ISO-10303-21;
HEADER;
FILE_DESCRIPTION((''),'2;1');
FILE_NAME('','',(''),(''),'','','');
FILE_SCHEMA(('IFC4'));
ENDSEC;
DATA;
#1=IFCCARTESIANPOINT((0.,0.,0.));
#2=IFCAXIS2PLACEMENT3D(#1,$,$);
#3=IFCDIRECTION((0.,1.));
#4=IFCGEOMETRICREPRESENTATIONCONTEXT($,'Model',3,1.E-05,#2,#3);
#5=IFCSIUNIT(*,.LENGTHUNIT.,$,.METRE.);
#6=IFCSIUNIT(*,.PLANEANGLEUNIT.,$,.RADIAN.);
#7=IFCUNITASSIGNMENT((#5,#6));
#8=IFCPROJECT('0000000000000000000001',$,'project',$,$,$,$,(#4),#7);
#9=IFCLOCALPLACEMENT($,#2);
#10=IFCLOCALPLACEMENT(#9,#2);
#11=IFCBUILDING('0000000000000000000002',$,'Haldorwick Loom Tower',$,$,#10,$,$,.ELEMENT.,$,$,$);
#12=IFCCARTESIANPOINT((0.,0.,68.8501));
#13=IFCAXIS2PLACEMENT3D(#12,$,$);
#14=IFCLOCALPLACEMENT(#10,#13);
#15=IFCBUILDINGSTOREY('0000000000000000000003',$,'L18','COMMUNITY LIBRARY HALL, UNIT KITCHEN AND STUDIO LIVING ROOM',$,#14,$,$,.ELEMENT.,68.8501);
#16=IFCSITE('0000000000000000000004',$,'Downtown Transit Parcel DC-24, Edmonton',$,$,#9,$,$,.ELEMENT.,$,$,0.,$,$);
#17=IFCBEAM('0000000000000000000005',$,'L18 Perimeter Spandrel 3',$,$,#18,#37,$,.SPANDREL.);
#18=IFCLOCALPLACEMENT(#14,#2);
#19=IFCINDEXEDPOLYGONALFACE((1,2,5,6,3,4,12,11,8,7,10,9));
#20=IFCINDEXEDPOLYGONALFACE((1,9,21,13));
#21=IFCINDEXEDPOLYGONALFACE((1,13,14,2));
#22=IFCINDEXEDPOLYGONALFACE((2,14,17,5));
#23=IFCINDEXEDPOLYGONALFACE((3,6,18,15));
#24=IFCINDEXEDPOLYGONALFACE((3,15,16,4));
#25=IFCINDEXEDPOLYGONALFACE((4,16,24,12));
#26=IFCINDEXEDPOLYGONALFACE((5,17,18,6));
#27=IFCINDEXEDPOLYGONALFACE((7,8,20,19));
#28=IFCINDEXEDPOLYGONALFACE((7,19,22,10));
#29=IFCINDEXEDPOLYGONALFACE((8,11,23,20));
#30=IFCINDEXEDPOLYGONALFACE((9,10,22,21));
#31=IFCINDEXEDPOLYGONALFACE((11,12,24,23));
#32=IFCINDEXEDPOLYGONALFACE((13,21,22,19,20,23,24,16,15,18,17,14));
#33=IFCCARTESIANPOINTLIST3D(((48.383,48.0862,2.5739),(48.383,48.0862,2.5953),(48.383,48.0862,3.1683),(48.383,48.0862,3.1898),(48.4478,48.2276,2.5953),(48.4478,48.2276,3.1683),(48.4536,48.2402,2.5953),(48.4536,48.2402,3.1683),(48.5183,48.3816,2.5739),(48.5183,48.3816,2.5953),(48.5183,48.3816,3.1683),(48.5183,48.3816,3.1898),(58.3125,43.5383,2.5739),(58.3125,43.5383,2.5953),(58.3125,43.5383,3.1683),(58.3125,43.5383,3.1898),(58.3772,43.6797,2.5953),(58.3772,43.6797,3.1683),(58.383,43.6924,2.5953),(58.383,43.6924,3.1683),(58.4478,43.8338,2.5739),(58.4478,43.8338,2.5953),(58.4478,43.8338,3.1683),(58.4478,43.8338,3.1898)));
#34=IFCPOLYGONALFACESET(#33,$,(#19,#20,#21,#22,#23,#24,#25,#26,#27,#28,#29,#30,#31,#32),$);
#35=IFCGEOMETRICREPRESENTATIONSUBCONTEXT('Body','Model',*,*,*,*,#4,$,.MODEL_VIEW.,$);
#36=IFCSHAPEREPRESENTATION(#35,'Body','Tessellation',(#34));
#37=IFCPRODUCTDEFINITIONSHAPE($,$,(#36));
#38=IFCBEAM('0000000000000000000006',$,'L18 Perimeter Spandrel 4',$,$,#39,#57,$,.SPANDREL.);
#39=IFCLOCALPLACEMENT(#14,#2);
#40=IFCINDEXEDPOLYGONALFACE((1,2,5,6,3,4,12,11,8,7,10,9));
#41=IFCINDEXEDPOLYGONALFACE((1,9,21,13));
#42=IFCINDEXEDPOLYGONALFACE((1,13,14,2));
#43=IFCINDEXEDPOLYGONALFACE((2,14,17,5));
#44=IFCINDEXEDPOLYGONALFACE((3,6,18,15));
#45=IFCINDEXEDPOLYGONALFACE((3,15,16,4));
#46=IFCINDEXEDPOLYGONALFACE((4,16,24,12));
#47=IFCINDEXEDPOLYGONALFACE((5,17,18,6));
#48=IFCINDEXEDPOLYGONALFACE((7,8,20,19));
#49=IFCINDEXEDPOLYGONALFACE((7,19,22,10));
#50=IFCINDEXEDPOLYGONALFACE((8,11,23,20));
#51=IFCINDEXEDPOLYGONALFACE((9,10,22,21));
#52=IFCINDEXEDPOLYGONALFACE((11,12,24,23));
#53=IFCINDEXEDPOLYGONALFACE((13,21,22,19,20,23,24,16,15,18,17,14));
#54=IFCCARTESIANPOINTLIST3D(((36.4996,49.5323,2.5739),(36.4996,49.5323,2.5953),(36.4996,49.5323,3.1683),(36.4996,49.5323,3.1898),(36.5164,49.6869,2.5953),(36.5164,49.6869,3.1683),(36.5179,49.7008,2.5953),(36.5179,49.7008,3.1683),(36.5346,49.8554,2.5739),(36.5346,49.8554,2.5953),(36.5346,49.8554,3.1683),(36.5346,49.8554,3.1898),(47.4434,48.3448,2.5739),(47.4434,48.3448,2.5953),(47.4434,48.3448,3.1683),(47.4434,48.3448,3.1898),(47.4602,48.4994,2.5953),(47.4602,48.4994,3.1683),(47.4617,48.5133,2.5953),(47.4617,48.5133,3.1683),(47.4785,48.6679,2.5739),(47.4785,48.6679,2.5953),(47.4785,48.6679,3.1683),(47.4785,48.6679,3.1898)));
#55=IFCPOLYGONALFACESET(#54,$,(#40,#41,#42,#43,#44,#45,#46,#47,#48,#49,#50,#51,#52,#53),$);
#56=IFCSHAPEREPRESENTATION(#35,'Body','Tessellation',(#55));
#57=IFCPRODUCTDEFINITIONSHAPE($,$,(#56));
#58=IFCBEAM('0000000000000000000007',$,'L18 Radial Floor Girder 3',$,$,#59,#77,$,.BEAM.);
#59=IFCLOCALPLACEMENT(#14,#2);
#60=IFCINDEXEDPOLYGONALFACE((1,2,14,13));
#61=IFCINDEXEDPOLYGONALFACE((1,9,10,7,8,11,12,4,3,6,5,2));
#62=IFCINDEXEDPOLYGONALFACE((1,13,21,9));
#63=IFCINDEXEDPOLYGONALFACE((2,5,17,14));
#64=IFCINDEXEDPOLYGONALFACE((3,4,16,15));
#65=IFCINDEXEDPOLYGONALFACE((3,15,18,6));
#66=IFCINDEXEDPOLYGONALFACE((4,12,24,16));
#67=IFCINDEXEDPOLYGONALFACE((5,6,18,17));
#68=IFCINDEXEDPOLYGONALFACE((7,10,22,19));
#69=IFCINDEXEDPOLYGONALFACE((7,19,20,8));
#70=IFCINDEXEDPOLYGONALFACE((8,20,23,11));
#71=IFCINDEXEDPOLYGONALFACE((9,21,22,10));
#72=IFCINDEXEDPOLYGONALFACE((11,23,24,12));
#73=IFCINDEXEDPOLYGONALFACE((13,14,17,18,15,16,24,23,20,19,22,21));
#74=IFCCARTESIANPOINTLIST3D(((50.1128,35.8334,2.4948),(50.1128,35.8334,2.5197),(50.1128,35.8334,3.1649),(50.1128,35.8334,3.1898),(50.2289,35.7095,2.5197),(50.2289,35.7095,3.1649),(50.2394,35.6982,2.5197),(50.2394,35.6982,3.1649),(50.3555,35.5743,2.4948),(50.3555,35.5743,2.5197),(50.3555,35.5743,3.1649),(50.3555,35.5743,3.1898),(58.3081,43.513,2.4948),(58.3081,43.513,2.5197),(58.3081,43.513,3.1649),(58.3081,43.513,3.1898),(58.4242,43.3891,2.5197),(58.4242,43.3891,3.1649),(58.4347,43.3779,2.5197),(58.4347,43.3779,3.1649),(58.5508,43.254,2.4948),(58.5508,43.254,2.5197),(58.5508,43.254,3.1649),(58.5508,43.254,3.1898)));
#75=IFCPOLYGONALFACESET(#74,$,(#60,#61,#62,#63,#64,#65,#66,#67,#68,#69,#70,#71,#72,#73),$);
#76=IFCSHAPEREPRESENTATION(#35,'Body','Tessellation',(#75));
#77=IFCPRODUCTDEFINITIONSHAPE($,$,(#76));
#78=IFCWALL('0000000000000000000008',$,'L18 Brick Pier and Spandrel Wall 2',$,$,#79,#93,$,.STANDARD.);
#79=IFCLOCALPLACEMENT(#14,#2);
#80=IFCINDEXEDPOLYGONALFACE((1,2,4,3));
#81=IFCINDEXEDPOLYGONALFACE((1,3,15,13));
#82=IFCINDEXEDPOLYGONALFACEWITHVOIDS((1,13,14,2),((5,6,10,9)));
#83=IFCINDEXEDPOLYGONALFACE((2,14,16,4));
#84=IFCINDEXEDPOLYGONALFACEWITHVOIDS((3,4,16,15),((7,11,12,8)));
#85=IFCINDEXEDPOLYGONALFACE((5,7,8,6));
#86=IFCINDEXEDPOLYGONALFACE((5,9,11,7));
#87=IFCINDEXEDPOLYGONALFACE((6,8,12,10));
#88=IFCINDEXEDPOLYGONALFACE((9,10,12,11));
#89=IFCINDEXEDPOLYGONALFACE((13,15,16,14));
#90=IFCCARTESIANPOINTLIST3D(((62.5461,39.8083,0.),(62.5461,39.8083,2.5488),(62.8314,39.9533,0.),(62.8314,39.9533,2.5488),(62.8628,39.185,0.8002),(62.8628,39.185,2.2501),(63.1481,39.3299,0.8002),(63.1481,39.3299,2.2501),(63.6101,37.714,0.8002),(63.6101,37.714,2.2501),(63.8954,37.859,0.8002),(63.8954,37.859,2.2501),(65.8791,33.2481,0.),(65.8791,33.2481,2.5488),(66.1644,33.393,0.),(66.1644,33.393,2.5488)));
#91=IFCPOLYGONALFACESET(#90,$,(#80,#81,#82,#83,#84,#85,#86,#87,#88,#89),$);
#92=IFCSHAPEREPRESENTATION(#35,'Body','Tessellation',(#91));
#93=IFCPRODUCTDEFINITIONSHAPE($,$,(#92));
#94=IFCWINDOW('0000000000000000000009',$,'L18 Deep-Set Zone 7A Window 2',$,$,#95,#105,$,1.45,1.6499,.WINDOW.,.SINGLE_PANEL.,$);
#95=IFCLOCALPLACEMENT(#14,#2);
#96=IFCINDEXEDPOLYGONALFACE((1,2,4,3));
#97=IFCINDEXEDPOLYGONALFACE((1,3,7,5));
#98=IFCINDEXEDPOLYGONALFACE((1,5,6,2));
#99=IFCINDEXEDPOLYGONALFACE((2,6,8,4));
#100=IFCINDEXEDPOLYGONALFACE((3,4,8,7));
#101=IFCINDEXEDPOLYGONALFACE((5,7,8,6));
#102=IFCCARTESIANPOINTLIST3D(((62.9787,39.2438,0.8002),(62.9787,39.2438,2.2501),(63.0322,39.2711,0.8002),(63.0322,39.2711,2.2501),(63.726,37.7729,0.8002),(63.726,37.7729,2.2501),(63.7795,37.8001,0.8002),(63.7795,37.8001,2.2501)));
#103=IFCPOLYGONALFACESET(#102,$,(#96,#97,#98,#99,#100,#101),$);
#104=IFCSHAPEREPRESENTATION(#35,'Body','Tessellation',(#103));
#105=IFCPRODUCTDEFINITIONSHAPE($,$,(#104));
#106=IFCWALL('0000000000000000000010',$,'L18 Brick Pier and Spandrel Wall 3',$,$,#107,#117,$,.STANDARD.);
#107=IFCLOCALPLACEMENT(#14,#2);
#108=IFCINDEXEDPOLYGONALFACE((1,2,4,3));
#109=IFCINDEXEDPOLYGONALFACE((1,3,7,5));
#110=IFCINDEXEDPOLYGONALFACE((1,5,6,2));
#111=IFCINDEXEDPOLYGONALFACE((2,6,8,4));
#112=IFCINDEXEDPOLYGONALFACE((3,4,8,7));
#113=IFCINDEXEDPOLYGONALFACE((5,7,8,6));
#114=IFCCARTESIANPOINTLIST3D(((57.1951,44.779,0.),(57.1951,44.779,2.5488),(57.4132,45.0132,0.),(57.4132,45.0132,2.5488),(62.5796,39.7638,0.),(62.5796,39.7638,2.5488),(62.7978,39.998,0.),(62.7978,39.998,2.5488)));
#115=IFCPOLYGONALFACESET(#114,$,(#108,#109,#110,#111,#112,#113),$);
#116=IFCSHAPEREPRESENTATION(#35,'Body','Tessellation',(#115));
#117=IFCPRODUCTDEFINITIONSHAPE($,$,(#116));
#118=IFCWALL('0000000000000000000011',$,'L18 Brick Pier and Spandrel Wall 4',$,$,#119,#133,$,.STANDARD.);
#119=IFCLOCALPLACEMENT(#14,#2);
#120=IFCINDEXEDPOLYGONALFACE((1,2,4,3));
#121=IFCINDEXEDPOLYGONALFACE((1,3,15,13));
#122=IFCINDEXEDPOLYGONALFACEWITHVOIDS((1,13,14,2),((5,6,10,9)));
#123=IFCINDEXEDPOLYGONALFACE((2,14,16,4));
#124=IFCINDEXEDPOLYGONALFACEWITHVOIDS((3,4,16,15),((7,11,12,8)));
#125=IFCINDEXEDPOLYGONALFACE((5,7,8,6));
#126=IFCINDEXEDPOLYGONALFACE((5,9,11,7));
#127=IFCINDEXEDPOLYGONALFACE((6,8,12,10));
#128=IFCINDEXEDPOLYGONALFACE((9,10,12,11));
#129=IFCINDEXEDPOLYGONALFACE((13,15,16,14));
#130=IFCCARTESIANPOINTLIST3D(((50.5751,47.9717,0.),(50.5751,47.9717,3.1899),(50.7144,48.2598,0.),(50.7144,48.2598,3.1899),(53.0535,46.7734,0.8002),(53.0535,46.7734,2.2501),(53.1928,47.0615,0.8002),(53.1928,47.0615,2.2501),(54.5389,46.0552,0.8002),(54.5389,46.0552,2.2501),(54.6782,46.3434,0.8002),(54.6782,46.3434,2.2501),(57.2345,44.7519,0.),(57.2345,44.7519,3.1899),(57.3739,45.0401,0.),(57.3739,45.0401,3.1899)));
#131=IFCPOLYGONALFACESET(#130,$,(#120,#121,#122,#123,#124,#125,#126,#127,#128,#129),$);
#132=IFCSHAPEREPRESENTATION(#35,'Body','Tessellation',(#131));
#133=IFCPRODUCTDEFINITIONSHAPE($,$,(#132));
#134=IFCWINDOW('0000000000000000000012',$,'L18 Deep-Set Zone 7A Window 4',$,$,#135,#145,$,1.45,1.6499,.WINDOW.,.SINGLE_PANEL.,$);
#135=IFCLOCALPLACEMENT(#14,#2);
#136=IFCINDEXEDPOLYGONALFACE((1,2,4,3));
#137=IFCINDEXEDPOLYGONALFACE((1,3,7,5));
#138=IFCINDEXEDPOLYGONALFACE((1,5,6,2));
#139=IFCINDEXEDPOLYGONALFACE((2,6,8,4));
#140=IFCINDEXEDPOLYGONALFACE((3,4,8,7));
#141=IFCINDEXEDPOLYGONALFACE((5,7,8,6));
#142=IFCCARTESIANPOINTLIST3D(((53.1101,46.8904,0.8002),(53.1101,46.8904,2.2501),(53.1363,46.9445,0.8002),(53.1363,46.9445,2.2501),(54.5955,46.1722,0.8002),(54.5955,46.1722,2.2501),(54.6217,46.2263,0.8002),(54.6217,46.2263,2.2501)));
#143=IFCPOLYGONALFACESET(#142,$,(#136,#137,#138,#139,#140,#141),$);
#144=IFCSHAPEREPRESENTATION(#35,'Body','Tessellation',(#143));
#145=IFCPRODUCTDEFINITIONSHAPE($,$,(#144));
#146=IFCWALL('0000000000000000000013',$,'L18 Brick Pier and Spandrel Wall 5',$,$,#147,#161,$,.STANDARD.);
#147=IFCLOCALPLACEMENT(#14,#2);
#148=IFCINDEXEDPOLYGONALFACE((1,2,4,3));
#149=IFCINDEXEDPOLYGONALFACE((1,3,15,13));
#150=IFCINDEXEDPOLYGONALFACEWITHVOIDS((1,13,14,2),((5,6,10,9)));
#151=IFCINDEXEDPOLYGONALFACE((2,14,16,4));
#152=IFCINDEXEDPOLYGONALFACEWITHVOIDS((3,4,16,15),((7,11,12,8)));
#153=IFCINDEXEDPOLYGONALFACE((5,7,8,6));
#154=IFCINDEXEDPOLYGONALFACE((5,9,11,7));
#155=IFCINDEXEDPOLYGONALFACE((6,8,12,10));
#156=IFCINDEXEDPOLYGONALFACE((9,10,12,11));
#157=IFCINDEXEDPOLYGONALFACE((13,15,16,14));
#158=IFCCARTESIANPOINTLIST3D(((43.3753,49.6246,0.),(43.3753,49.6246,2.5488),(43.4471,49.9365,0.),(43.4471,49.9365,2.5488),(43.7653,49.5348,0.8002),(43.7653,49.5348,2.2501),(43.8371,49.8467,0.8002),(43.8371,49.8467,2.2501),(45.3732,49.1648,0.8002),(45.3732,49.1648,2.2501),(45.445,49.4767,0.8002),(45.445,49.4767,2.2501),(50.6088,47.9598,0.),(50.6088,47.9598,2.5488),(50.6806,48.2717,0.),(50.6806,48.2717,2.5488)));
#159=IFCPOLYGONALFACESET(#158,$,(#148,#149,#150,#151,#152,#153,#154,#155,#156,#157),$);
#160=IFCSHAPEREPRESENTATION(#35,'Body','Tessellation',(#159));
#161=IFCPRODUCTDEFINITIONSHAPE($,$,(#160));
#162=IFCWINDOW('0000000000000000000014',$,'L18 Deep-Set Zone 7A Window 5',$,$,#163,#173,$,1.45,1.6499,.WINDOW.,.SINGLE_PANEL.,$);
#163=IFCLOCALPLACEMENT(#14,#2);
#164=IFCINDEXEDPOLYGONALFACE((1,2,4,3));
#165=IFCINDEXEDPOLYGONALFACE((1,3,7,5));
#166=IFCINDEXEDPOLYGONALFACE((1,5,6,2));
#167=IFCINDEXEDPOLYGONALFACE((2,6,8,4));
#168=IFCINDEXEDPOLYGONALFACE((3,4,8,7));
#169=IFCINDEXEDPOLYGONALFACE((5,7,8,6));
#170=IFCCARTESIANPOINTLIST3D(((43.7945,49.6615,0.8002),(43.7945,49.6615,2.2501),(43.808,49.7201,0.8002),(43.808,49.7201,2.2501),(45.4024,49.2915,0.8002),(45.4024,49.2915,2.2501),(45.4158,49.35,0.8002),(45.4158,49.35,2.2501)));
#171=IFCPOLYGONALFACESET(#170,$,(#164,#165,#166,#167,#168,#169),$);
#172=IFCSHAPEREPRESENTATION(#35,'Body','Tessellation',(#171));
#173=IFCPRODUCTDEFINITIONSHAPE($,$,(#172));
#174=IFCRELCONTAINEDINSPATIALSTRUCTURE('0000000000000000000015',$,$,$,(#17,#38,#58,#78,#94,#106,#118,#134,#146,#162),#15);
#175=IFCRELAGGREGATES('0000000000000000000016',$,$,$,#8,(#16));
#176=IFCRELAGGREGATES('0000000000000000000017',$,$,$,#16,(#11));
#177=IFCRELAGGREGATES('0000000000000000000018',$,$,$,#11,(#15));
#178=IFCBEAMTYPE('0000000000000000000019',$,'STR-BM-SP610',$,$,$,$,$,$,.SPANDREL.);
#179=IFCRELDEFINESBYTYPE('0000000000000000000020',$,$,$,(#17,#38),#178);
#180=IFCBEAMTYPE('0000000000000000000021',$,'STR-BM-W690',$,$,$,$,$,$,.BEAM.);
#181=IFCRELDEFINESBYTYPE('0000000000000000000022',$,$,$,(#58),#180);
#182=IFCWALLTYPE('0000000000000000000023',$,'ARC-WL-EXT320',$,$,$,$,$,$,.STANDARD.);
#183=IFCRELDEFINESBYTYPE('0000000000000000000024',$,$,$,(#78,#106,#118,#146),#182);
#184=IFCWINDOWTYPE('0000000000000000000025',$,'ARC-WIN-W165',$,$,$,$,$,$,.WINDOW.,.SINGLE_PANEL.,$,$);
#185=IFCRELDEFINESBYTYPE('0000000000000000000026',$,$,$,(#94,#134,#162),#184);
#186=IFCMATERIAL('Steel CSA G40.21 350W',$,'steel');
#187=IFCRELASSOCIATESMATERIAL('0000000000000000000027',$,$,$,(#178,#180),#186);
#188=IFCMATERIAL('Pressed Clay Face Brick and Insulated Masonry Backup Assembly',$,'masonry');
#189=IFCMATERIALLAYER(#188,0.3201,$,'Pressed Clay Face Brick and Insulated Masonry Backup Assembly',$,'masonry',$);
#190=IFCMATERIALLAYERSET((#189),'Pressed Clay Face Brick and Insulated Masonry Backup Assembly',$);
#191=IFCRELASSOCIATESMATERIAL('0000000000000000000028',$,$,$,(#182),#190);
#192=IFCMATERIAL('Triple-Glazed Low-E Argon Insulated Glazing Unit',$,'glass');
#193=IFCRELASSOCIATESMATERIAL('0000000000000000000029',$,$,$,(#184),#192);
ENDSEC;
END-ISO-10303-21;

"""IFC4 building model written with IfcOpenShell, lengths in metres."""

from ifc_helpers import new_model, si_unit, direction, frame, frame_2d, origin, origin_2d, place, context, subcontext, project, spatial, rectangle, i_section, extrude, material, layer, layer_set, material_profile, profile_set, type_object, element, fill, save


model = new_model("IFC4")

# Units and contexts
model_context = context("Model", 3, precision=1e-05, world=origin(), true_north=direction((0.0, 1.0)))
body_context = subcontext(model_context, "Body", "Model", "MODEL_VIEW")
ifc_project = project(units=[si_unit("LENGTHUNIT", "METRE"), si_unit("PLANEANGLEUNIT", "RADIAN")], contexts=[model_context])

# Site, building, storey
site_placement = place(None, origin())
site = spatial("IfcSite", under=ifc_project, at=site_placement, Name="Downtown Transit Parcel DC-24, Edmonton", CompositionType="ELEMENT", RefElevation=0.0)
building_placement = place(site_placement, origin())
building = spatial("IfcBuilding", under=site, at=building_placement, Name="Haldorwick Loom Tower", CompositionType="ELEMENT")
storey_placement = place(building_placement, frame((0.0, 0.0, 68.8501)))
storey = spatial("IfcBuildingStorey", under=building, at=storey_placement, Name="L18", Description="COMMUNITY LIBRARY HALL, UNIT KITCHEN AND STUDIO LIVING ROOM", CompositionType="ELEMENT", Elevation=68.8501)

# Beams
ifc_material_1 = material(Name="Steel CSA G40.21 350W", Category="steel")
ifc_material_profile_1 = material_profile(ifc_material_1, i_section(OverallWidth=0.325, OverallDepth=0.616, WebThickness=0.0139, FlangeThickness=0.0215, at=origin_2d()), Name="W610X174", Category="steel")
ifc_profile_set_1 = profile_set([ifc_material_profile_1], Name="Steel CSA G40.21 350W")
beam_type_1 = type_object("IfcBeamType", Name="STR-BM-SP610", PredefinedType="SPANDREL", material=ifc_profile_set_1)
beam_1_placement = place(storey_placement, frame((58.3801, 43.686, 2.8818), z_axis=(-0.909174, 0.416417, 0.0), x_axis=(-0.416417, -0.909174, 0.0)))
element("IfcBeam", 1, at=beam_1_placement, inside=storey, type_object=beam_type_1, Name="L18 Perimeter Spandrel 3", PredefinedType="SPANDREL", context=body_context, shape_type="SweptSolid", body=[
    extrude(i_section(OverallWidth=0.325, OverallDepth=0.616, WebThickness=0.0139, FlangeThickness=0.0215, at=origin_2d()), origin(), (0.0, 0.0, 1.0), 10.9214),
])
beam_2_placement = place(storey_placement, frame((47.4609, 48.5063, 2.8818), z_axis=(-0.994164, 0.107875, 0.0), x_axis=(-0.107875, -0.994164, 0.0)))
element("IfcBeam", 2, at=beam_2_placement, inside=storey, type_object=beam_type_1, Name="L18 Perimeter Spandrel 4", PredefinedType="SPANDREL", context=body_context, shape_type="SweptSolid", body=[
    extrude(i_section(OverallWidth=0.325, OverallDepth=0.616, WebThickness=0.0139, FlangeThickness=0.0215, at=origin_2d()), origin(), (0.0, 0.0, 1.0), 11.0081),
])
ifc_material_profile_2 = material_profile(ifc_material_1, i_section(OverallWidth=0.355, OverallDepth=0.6951, WebThickness=0.0154, FlangeThickness=0.0249, at=origin_2d()), Name="W690X217", Category="steel")
ifc_profile_set_2 = profile_set([ifc_material_profile_2], Name="Steel CSA G40.21 350W")
beam_type_2 = type_object("IfcBeamType", Name="STR-BM-W690", PredefinedType="BEAM", material=ifc_profile_set_2)
beam_3_placement = place(storey_placement, frame((50.2341, 35.7039, 2.8423), z_axis=(0.729689, 0.683779, 0.0), x_axis=(-0.683779, 0.729689, 0.0)))
element("IfcBeam", 3, at=beam_3_placement, inside=storey, type_object=beam_type_2, Name="L18 Radial Floor Girder 3", PredefinedType="BEAM", context=body_context, shape_type="SweptSolid", body=[
    extrude(i_section(OverallWidth=0.355, OverallDepth=0.6951, WebThickness=0.0154, FlangeThickness=0.0249, at=origin_2d()), origin(), (0.0, 0.0, 1.0), 11.2312),
])

# Wall, opening, window
ifc_material_2 = material(Name="Pressed Clay Face Brick and Insulated Masonry Backup Assembly", Category="masonry")
ifc_layer_1 = layer(ifc_material_2, 0.3201, Name="Pressed Clay Face Brick and Insulated Masonry Backup Assembly", Category="masonry")
ifc_layer_set_1 = layer_set([ifc_layer_1], Name="Pressed Clay Face Brick and Insulated Masonry Backup Assembly")
wall_type_1 = type_object("IfcWallType", Name="ARC-WL-EXT320", PredefinedType="STANDARD", material=ifc_layer_set_1)
wall_1_placement = place(storey_placement, frame((66.0217, 33.3206, 0.0), z_axis=(0.0, 0.0, 1.0), x_axis=(-0.452951, 0.891535, 0.0)))
wall_1 = element("IfcWall", 4, at=wall_1_placement, inside=storey, type_object=wall_type_1, Name="L18 Brick Pier and Spandrel Wall 2", PredefinedType="STANDARD", context=body_context, shape_type="SweptSolid", body=[
    extrude(rectangle(XDim=7.3584, YDim=0.3201, at=frame_2d((3.6792, 0.0))), origin(), (0.0, 0.0, 1.0), 2.5488),
])
opening_1_placement = place(wall_1_placement, frame((5.0093, 0.0, 0.8)))
opening_1 = element("IfcOpeningElement", 5, at=opening_1_placement, cuts=wall_1, PredefinedType="OPENING", context=body_context, shape_type="SweptSolid", body=[
    extrude(rectangle(XDim=1.6499, YDim=1.45, at=frame_2d((0.825, 0.7251))), frame((0.0, 0.1699, 0.0), z_axis=(0.0, -1.0, 0.0), x_axis=(1.0, 0.0, 0.0)), (0.0, 0.0, 1.0), 0.3401),
])
ifc_material_3 = material(Name="Triple-Glazed Low-E Argon Insulated Glazing Unit", Category="glass")
window_type = type_object("IfcWindowType", Name="ARC-WIN-W165", PartitioningType="SINGLE_PANEL", PredefinedType="WINDOW", material=ifc_material_3)
window_1_placement = place(opening_1_placement, origin())
window_1 = element("IfcWindow", 6, at=window_1_placement, inside=storey, type_object=window_type, Name="L18 Deep-Set Zone 7A Window 2", OverallHeight=1.45, OverallWidth=1.6499, PartitioningType="SINGLE_PANEL", PredefinedType="WINDOW", context=body_context, shape_type="SweptSolid", body=[
    extrude(rectangle(XDim=1.6499, YDim=1.45, at=frame_2d((0.825, 0.7251))), frame((0.0, 0.03, 0.0), z_axis=(0.0, -1.0, 0.0), x_axis=(1.0, 0.0, 0.0)), (0.0, 0.0, 1.0), 0.0601),
])
fill(opening_1, window_1)

# Wall
wall_2_placement = place(storey_placement, frame((62.6887, 39.8809, 0.0), z_axis=(0.0, 0.0, 1.0), x_axis=(-0.731761, 0.681561, 0.0)))
element("IfcWall", 7, at=wall_2_placement, inside=storey, type_object=wall_type_1, Name="L18 Brick Pier and Spandrel Wall 3", PredefinedType="STANDARD", context=body_context, shape_type="SweptSolid", body=[
    extrude(rectangle(XDim=7.3584, YDim=0.3201, at=frame_2d((3.6792, 0.0))), origin(), (0.0, 0.0, 1.0), 2.5488),
])

# Walls, openings, windows
wall_3_placement = place(storey_placement, frame((57.3042, 44.896, 0.0), z_axis=(0.0, 0.0, 1.0), x_axis=(-0.900296, 0.435279, 0.0)))
wall_3 = element("IfcWall", 8, at=wall_3_placement, inside=storey, type_object=wall_type_1, Name="L18 Brick Pier and Spandrel Wall 4", PredefinedType="STANDARD", context=body_context, shape_type="SweptSolid", body=[
    extrude(rectangle(XDim=7.397, YDim=0.3201, at=frame_2d((3.6985, 0.0))), origin(), (0.0, 0.0, 1.0), 3.1899),
])
opening_2_placement = place(wall_3_placement, frame((2.9941, 0.0, 0.8)))
opening_2 = element("IfcOpeningElement", 9, at=opening_2_placement, cuts=wall_3, PredefinedType="OPENING", context=body_context, shape_type="SweptSolid", body=[
    extrude(rectangle(XDim=1.6499, YDim=1.45, at=frame_2d((0.825, 0.7251))), frame((0.0, 0.1699, 0.0), z_axis=(0.0, -1.0, 0.0), x_axis=(1.0, 0.0, 0.0)), (0.0, 0.0, 1.0), 0.3401),
])
window_2_placement = place(opening_2_placement, origin())
window_2 = element("IfcWindow", 10, at=window_2_placement, inside=storey, type_object=window_type, Name="L18 Deep-Set Zone 7A Window 4", OverallHeight=1.45, OverallWidth=1.6499, PartitioningType="SINGLE_PANEL", PredefinedType="WINDOW", context=body_context, shape_type="SweptSolid", body=[
    extrude(rectangle(XDim=1.6499, YDim=1.45, at=frame_2d((0.825, 0.7251))), frame((0.0, 0.03, 0.0), z_axis=(0.0, -1.0, 0.0), x_axis=(1.0, 0.0, 0.0)), (0.0, 0.0, 1.0), 0.0601),
])
fill(opening_2, window_2)
wall_4_placement = place(storey_placement, frame((50.6448, 48.1157, 0.0), z_axis=(0.0, 0.0, 1.0), x_axis=(-0.974522, 0.22429, 0.0)))
wall_4 = element("IfcWall", 11, at=wall_4_placement, inside=storey, type_object=wall_type_1, Name="L18 Brick Pier and Spandrel Wall 5", PredefinedType="STANDARD", context=body_context, shape_type="SweptSolid", body=[
    extrude(rectangle(XDim=7.4226, YDim=0.3201, at=frame_2d((3.7114, 0.0))), origin(), (0.0, 0.0, 1.0), 2.5488),
])
opening_3_placement = place(wall_4_placement, frame((5.3726, 0.0, 0.8)))
opening_3 = element("IfcOpeningElement", 12, at=opening_3_placement, cuts=wall_4, PredefinedType="OPENING", context=body_context, shape_type="SweptSolid", body=[
    extrude(rectangle(XDim=1.6499, YDim=1.45, at=frame_2d((0.825, 0.7251))), frame((0.0, 0.1699, 0.0), z_axis=(0.0, -1.0, 0.0), x_axis=(1.0, 0.0, 0.0)), (0.0, 0.0, 1.0), 0.3401),
])
window_3_placement = place(opening_3_placement, origin())
window_3 = element("IfcWindow", 13, at=window_3_placement, inside=storey, type_object=window_type, Name="L18 Deep-Set Zone 7A Window 5", OverallHeight=1.45, OverallWidth=1.6499, PartitioningType="SINGLE_PANEL", PredefinedType="WINDOW", context=body_context, shape_type="SweptSolid", body=[
    extrude(rectangle(XDim=1.6499, YDim=1.45, at=frame_2d((0.825, 0.7251))), frame((0.0, 0.03, 0.0), z_axis=(0.0, -1.0, 0.0), x_axis=(1.0, 0.0, 0.0)), (0.0, 0.0, 1.0), 0.0601),
])
fill(opening_3, window_3)

save(model, "model.ifc")
